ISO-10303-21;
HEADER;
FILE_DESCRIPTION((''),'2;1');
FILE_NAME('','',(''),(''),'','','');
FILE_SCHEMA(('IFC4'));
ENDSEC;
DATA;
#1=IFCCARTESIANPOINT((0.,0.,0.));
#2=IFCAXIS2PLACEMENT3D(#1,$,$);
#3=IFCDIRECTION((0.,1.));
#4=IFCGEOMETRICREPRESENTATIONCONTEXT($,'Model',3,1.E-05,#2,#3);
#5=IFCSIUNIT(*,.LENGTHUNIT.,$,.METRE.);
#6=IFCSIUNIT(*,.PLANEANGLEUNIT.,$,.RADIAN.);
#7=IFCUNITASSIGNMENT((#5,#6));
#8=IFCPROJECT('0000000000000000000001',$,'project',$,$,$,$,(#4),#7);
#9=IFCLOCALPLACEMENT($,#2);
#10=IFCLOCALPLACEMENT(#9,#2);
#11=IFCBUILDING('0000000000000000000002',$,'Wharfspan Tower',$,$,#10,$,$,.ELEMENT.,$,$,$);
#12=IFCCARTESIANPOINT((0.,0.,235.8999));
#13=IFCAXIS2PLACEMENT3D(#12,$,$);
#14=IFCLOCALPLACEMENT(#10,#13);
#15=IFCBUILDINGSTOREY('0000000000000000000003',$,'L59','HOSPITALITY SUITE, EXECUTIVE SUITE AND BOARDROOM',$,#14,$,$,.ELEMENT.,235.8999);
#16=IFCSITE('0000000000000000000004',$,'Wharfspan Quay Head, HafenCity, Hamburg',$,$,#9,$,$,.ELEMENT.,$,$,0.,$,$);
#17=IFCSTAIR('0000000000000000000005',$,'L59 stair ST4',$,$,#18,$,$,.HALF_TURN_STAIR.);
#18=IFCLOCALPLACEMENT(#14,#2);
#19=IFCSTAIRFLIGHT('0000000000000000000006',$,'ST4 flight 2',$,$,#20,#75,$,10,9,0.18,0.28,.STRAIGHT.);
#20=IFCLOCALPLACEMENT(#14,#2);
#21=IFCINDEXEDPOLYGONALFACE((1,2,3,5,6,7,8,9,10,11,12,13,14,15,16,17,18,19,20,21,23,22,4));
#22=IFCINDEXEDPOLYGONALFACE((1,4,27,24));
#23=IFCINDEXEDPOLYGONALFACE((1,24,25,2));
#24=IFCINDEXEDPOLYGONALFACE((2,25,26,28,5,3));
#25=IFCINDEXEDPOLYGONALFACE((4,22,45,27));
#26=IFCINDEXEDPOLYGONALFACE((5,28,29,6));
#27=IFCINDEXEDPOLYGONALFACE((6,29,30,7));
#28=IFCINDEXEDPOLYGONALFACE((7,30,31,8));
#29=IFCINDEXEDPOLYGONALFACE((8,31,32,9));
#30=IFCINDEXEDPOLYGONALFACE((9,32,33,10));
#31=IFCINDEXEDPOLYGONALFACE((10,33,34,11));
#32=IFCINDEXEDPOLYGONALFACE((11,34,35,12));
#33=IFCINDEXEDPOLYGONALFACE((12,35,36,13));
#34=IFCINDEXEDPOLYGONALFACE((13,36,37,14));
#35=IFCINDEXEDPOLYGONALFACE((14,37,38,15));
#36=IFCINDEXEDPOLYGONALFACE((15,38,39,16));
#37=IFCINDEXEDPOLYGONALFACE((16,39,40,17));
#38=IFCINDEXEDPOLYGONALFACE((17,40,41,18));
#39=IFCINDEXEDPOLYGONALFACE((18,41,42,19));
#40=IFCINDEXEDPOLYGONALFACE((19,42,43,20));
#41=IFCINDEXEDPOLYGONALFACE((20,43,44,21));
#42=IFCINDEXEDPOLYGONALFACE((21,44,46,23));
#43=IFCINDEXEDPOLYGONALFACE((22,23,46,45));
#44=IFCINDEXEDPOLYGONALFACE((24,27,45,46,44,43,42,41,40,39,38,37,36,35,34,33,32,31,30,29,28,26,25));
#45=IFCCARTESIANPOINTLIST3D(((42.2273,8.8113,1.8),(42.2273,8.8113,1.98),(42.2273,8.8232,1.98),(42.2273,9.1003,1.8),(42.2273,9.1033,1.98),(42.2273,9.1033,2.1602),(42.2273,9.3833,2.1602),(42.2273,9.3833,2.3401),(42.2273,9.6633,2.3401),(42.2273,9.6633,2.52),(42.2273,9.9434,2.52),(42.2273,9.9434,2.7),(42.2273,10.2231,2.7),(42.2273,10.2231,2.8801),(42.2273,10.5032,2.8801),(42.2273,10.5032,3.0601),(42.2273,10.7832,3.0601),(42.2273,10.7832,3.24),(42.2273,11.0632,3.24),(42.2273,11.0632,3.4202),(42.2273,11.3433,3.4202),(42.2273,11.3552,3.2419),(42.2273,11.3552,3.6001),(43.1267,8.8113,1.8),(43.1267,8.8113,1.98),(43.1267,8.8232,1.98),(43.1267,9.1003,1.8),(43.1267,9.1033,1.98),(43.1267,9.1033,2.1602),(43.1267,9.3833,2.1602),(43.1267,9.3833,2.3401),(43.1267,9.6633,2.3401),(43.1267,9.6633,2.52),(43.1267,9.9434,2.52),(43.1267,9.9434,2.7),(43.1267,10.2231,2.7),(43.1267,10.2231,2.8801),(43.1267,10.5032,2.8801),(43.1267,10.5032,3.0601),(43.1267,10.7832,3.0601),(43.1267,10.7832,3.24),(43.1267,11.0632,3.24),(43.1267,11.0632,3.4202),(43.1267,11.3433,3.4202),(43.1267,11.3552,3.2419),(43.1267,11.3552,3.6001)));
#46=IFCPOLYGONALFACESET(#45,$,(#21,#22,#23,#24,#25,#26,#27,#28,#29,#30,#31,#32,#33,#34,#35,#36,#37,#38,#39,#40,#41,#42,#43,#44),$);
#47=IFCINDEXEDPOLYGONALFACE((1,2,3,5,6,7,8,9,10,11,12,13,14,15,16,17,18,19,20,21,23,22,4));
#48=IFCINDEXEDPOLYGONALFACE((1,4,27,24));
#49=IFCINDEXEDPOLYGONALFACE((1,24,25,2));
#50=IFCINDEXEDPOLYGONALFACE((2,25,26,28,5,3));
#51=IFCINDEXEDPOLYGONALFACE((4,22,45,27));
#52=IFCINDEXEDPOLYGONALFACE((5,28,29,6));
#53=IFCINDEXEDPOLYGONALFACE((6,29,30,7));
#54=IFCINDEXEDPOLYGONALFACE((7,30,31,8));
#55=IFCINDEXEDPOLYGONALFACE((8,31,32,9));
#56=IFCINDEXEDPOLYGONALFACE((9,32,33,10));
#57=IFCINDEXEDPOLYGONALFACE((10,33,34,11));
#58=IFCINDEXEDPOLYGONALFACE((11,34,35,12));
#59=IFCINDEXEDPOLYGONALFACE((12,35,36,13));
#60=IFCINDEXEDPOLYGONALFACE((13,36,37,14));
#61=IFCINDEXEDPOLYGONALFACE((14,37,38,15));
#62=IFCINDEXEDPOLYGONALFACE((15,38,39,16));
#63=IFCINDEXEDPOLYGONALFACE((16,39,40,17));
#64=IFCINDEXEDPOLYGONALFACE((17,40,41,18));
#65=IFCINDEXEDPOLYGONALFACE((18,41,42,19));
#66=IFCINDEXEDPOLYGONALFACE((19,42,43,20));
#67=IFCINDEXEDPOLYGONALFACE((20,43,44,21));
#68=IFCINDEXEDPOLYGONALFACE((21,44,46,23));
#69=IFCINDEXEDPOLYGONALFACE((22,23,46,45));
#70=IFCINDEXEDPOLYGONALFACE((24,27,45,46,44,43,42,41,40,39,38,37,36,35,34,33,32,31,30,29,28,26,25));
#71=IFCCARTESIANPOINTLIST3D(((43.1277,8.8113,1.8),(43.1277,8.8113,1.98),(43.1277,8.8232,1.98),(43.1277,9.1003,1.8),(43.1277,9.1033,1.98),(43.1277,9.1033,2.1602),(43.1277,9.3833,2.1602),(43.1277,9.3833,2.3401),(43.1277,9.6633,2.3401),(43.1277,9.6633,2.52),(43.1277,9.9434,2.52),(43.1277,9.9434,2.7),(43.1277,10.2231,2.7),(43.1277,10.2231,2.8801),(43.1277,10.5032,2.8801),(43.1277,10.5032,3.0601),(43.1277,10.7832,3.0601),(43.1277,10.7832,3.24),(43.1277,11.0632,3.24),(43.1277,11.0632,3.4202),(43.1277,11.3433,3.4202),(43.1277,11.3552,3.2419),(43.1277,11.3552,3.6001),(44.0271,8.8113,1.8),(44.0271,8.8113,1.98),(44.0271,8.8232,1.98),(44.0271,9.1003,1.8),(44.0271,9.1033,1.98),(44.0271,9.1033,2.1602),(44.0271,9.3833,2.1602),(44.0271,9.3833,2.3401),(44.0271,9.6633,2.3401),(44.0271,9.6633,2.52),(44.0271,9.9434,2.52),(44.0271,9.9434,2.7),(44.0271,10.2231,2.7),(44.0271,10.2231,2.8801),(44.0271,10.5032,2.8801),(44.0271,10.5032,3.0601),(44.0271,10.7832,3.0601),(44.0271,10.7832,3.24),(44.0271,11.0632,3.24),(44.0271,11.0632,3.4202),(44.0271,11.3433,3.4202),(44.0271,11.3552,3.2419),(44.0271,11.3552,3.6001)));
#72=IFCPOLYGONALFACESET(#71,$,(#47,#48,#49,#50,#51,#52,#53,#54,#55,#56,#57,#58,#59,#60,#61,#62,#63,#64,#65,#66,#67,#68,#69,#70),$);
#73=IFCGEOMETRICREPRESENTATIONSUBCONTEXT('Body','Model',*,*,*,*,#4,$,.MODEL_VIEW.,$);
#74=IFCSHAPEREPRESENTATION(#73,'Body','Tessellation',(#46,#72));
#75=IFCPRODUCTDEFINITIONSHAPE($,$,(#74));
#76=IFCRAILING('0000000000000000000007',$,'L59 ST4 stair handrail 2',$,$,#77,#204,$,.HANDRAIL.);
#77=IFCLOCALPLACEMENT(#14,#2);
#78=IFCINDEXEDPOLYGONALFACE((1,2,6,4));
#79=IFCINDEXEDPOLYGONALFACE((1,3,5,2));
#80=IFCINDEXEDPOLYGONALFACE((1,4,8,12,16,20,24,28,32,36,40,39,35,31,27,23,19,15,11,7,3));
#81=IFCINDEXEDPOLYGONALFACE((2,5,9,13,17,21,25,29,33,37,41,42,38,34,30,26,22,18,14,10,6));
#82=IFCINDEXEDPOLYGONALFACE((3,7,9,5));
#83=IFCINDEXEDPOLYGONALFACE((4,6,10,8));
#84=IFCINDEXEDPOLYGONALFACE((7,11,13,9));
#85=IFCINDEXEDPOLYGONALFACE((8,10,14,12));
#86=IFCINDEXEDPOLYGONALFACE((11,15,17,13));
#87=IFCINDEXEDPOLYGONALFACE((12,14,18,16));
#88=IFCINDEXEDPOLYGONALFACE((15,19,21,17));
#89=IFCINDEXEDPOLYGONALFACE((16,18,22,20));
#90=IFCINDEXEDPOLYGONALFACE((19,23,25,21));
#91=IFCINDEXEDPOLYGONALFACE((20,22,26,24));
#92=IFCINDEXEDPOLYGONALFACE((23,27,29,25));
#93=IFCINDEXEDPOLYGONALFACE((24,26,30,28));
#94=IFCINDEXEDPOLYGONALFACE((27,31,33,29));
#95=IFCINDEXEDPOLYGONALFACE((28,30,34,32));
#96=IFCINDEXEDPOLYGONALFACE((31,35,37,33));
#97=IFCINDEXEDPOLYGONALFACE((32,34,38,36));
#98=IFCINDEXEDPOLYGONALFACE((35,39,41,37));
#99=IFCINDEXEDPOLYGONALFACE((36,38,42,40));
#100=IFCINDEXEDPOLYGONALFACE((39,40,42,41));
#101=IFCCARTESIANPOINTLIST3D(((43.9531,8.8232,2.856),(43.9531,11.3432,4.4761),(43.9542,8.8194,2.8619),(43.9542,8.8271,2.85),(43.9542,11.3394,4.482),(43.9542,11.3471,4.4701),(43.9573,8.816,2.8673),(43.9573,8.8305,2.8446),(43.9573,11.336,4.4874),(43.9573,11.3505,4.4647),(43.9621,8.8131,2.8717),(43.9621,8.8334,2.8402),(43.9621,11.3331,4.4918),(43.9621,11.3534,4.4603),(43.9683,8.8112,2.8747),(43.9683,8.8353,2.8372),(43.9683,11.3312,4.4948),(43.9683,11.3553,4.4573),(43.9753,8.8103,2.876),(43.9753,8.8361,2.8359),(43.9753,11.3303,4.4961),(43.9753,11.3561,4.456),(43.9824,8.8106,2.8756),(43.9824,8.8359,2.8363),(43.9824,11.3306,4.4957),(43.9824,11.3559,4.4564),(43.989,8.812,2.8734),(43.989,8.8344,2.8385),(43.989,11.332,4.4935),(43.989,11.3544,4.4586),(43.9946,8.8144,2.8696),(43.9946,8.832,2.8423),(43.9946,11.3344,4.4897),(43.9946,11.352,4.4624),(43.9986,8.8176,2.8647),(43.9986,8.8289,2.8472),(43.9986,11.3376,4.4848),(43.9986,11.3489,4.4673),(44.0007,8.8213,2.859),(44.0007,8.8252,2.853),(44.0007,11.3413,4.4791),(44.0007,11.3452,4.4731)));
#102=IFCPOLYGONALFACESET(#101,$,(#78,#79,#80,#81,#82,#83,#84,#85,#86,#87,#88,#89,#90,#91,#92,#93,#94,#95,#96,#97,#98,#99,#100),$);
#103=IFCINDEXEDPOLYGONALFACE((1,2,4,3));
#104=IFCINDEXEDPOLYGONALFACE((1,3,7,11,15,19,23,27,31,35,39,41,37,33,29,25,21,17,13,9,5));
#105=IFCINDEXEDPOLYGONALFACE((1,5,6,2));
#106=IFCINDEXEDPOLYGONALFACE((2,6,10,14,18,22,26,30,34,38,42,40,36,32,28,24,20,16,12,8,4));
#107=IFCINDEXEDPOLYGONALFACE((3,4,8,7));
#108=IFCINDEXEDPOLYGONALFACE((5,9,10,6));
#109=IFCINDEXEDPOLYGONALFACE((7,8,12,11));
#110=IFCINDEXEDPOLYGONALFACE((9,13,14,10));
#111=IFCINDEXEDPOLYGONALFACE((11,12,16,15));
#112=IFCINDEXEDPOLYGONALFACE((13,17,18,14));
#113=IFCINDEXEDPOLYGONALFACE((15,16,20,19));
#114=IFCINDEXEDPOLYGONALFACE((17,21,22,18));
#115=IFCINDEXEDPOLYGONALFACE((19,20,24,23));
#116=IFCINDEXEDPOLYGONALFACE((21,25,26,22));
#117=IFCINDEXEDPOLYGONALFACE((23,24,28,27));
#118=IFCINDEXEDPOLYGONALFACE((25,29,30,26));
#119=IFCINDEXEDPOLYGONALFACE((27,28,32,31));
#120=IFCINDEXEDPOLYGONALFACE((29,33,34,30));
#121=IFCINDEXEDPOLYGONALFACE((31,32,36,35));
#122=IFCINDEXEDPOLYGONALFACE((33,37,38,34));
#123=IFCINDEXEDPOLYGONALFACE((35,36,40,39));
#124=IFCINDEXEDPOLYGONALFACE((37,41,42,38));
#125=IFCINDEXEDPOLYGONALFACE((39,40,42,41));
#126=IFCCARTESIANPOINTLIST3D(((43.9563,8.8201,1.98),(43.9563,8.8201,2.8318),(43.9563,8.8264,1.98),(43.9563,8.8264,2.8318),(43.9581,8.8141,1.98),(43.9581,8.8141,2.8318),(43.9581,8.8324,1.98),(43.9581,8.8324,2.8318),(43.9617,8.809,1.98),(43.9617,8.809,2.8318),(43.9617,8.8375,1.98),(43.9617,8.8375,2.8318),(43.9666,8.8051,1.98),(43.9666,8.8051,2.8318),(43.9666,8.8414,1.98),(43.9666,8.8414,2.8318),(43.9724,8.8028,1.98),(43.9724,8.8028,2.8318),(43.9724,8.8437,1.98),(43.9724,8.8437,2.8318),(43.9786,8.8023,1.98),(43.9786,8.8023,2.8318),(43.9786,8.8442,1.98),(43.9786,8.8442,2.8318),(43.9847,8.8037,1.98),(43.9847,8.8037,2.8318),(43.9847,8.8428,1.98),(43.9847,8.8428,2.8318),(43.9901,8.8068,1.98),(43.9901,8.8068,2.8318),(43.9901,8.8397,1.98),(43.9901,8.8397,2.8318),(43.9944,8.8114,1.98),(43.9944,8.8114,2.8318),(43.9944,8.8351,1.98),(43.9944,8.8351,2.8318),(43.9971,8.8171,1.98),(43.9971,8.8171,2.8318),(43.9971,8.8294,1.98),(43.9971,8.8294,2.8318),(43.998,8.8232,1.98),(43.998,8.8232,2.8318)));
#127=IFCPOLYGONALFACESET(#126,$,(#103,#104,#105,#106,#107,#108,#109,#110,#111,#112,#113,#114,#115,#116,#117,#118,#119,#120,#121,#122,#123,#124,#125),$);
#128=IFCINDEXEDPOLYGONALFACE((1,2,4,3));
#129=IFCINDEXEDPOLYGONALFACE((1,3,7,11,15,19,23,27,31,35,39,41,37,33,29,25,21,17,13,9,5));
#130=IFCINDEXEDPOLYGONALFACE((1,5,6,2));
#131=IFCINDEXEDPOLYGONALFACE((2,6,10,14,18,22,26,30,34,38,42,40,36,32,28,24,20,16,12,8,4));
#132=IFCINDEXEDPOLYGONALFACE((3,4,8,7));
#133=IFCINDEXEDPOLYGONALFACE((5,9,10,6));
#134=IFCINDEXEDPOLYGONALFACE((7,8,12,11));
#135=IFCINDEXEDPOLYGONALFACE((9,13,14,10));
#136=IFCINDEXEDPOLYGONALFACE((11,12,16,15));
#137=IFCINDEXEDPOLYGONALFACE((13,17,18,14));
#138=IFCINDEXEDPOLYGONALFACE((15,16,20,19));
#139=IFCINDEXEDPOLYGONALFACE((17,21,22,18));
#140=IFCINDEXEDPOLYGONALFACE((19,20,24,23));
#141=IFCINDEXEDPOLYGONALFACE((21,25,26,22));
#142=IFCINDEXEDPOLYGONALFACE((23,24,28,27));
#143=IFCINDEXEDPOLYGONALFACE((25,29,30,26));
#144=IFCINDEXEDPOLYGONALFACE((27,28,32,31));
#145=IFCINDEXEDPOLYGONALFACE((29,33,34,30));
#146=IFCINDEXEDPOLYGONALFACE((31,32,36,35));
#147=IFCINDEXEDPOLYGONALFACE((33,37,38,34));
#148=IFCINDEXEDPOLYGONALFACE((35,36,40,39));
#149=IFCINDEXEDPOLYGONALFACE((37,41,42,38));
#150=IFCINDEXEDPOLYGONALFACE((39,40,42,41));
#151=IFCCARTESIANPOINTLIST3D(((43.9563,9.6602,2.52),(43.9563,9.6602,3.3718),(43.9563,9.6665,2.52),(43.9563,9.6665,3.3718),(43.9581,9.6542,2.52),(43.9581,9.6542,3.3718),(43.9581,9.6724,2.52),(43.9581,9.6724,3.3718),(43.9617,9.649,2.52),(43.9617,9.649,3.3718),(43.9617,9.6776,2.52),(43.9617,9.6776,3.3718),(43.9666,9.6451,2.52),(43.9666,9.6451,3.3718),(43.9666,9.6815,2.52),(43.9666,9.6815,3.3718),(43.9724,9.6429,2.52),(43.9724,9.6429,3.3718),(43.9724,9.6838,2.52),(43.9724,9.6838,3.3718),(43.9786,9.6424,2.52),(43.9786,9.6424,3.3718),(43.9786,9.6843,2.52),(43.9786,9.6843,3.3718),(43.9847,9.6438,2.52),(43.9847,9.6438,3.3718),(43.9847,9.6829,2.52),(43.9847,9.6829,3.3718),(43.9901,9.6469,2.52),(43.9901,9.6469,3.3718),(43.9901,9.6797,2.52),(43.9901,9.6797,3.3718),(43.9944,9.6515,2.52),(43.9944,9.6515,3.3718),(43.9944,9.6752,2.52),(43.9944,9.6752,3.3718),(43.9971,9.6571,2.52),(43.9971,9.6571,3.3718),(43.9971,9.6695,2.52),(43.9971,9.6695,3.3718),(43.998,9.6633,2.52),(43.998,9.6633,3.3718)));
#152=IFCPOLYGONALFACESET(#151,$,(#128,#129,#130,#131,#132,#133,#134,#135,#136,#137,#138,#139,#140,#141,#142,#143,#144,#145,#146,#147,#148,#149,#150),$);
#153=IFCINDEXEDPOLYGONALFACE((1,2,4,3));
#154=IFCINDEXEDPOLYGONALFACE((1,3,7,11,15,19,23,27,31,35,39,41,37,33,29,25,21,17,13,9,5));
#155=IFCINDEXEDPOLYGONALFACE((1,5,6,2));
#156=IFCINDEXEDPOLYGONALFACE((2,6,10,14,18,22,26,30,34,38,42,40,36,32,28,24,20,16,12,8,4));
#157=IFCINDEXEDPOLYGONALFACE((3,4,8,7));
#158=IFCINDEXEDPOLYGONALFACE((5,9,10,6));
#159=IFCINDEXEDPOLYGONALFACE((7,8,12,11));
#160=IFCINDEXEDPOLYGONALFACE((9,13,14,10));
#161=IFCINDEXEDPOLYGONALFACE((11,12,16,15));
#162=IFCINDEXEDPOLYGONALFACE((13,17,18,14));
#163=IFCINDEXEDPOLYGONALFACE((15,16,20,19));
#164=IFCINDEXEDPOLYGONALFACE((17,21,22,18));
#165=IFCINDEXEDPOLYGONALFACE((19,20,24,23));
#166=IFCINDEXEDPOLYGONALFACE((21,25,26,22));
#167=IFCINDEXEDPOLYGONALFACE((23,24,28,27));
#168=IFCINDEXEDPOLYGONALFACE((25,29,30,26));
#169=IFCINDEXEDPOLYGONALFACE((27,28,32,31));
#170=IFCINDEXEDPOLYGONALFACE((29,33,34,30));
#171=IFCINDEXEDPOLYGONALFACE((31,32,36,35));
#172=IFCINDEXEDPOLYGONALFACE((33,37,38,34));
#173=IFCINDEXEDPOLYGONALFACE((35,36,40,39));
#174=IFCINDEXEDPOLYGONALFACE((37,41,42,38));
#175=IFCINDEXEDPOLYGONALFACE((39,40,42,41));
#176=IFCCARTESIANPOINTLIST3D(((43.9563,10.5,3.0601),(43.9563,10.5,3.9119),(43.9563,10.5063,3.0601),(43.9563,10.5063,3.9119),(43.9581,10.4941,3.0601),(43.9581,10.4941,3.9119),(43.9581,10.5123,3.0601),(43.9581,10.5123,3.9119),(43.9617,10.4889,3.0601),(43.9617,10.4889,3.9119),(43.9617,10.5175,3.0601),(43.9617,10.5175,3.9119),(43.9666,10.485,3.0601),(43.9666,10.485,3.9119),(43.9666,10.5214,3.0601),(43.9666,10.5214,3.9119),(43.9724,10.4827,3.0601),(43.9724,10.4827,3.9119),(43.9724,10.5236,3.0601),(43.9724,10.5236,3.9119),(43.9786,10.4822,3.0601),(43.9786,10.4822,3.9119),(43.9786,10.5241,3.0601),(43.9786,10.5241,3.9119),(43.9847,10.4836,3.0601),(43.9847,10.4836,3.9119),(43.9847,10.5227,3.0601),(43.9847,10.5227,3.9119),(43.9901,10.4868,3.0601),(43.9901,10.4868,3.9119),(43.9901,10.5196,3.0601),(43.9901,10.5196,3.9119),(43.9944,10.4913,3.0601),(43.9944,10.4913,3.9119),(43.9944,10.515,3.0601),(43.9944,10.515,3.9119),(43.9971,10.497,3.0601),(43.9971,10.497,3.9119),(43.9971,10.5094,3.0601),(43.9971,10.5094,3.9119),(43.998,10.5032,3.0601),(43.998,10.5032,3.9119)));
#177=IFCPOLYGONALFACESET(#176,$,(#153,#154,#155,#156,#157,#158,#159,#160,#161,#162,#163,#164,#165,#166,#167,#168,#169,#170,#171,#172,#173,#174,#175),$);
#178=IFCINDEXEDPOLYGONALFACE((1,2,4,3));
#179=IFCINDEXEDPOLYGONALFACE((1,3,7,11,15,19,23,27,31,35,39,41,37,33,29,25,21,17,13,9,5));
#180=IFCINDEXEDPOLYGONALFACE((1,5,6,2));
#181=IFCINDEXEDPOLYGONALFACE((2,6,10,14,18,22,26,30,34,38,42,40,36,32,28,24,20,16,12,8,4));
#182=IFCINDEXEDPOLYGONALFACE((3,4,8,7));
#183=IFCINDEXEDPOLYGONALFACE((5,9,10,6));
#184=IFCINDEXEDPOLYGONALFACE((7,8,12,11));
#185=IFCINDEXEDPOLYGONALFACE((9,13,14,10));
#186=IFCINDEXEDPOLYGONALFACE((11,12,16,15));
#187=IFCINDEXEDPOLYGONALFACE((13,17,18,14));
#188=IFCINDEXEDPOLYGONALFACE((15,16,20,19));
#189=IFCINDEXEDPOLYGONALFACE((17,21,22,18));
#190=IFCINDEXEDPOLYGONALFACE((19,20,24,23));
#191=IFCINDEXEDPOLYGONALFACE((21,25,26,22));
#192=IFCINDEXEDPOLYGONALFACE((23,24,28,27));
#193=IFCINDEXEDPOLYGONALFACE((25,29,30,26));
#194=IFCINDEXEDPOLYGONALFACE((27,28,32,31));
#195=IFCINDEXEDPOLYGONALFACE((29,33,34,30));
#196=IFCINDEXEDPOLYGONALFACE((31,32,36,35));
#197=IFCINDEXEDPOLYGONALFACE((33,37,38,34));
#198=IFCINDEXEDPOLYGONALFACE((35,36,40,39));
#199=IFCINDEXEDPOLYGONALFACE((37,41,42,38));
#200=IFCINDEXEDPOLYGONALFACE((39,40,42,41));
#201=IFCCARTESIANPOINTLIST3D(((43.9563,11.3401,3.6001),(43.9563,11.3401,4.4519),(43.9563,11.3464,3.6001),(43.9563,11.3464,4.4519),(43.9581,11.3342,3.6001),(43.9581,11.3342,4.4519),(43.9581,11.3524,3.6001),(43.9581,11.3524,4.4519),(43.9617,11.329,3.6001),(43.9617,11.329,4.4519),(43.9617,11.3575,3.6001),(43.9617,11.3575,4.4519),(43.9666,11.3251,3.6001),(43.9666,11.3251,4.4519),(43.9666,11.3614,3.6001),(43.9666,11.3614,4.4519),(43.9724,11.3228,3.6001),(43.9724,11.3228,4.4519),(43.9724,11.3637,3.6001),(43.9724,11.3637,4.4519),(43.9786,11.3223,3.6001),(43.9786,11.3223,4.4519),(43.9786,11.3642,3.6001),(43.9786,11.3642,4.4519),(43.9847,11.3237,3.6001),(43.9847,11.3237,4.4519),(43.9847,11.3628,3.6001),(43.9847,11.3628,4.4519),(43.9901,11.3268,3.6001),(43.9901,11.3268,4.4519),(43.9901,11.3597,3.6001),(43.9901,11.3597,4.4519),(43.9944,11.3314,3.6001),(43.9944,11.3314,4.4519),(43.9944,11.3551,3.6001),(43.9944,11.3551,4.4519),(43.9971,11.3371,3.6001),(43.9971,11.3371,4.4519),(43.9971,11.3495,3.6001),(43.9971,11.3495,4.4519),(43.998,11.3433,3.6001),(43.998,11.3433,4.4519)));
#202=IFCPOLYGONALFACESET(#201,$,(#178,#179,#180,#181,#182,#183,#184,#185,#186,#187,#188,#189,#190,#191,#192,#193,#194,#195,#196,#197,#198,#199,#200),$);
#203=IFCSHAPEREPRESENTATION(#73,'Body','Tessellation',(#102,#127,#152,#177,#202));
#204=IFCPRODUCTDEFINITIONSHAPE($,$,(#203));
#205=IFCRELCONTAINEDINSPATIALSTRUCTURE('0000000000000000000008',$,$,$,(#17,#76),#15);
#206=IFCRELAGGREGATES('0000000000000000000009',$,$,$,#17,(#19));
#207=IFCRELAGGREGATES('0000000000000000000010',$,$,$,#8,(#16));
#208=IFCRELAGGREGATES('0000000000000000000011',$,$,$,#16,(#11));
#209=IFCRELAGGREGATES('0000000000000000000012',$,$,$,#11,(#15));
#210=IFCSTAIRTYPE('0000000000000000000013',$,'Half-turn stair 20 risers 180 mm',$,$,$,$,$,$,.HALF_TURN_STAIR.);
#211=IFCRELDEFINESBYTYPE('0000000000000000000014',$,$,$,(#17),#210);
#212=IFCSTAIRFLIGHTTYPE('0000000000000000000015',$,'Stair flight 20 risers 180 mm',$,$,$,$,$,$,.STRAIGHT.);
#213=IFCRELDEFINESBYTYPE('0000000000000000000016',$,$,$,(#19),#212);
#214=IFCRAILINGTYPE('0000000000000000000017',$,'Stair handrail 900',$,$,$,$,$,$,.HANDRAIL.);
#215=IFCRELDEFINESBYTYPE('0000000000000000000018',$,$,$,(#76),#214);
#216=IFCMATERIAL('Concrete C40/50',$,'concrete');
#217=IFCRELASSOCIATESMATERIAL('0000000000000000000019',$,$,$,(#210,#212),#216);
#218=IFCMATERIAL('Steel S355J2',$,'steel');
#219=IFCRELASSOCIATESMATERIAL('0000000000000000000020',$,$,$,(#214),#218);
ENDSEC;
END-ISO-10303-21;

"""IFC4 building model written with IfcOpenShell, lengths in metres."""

from ifc_helpers import new_model, si_unit, direction, frame, origin, origin_2d, place, context, subcontext, project, spatial, polyline, circle, outline, extrude, material, type_object, element, aggregate, save


model = new_model("IFC4")

# Units and contexts
model_context = context("Model", 3, precision=1e-05, world=origin(), true_north=direction((0.0, 1.0)))
body_context = subcontext(model_context, "Body", "Model", "MODEL_VIEW")
ifc_project = project(units=[si_unit("LENGTHUNIT", "METRE"), si_unit("PLANEANGLEUNIT", "RADIAN")], contexts=[model_context])

# Site, building, storey
site_placement = place(None, origin())
site = spatial("IfcSite", under=ifc_project, at=site_placement, Name="Wharfspan Quay Head, HafenCity, Hamburg", CompositionType="ELEMENT", RefElevation=0.0)
building_placement = place(site_placement, origin())
building = spatial("IfcBuilding", under=site, at=building_placement, Name="Wharfspan Tower", CompositionType="ELEMENT")
storey_placement = place(building_placement, frame((0.0, 0.0, 235.8999)))
storey = spatial("IfcBuildingStorey", under=building, at=storey_placement, Name="L59", Description="HOSPITALITY SUITE, EXECUTIVE SUITE AND BOARDROOM", CompositionType="ELEMENT", Elevation=235.8999)

# Shared definitions
ifc_material_1 = material(Name="Steel S355J2", Category="steel")

# Shared definitions
ifc_material_2 = material(Name="Concrete C40/50", Category="concrete")

# Stair, stair flight
stair_type = type_object("IfcStairType", Name="Half-turn stair 20 risers 180 mm", PredefinedType="HALF_TURN_STAIR", material=ifc_material_2)
stair_placement = place(storey_placement, origin())
stair = element("IfcStair", 1, at=stair_placement, inside=storey, type_object=stair_type, Name="L59 stair ST4", PredefinedType="HALF_TURN_STAIR")
stair_flight_type = type_object("IfcStairFlightType", Name="Stair flight 20 risers 180 mm", PredefinedType="STRAIGHT", material=ifc_material_2)
stair_flight_placement = place(storey_placement, frame((43.1272, 8.8232, 1.8), z_axis=(0.0, 0.0, 1.0), x_axis=(0.0, 1.0, 0.0)))
stair_flight = element("IfcStairFlight", 2, at=stair_flight_placement, type_object=stair_flight_type, Name="ST4 flight 2", NumberOfRisers=10, NumberOfTreads=9, PredefinedType="STRAIGHT", RiserHeight=0.18, TreadLength=0.28, context=body_context, shape_type="SweptSolid", body=[
    extrude(outline(polyline([(-0.012, 0.0), (-0.012, 0.1799), (0.0, 0.1799), (0.28, 0.1799), (0.28, 0.3601), (0.5601, 0.3601), (0.5601, 0.54), (0.8401, 0.54), (0.8401, 0.72), (1.1201, 0.72), (1.1201, 0.8999), (1.3999, 0.8999), (1.3999, 1.0801), (1.6799, 1.0801), (1.6799, 1.26), (1.96, 1.26), (1.96, 1.4399), (2.24, 1.4399), (2.24, 1.6201), (2.52, 1.6201), (2.532, 1.8), (2.532, 1.4419), (0.2771, 0.0), (-0.012, 0.0)])), frame((0.0, 0.8999, 0.0), z_axis=(0.0, -1.0, 0.0), x_axis=(1.0, 0.0, 0.0)), (0.0, 0.0, 1.0), 0.8994),
    extrude(outline(polyline([(-0.012, 0.0), (-0.012, 0.1799), (0.0, 0.1799), (0.28, 0.1799), (0.28, 0.3601), (0.5601, 0.3601), (0.5601, 0.54), (0.8401, 0.54), (0.8401, 0.72), (1.1201, 0.72), (1.1201, 0.8999), (1.3999, 0.8999), (1.3999, 1.0801), (1.6799, 1.0801), (1.6799, 1.26), (1.96, 1.26), (1.96, 1.4399), (2.24, 1.4399), (2.24, 1.6201), (2.52, 1.6201), (2.532, 1.8), (2.532, 1.4419), (0.2771, 0.0), (-0.012, 0.0)])), frame((0.0, -0.0005, 0.0), z_axis=(0.0, -1.0, 0.0), x_axis=(1.0, 0.0, 0.0)), (0.0, 0.0, 1.0), 0.8994),
])
aggregate(stair, [stair_flight])

# Railing
railing_type = type_object("IfcRailingType", Name="Stair handrail 900", PredefinedType="HANDRAIL", material=ifc_material_1)
railing_placement = place(storey_placement, frame((43.9771, 8.8232, 1.98)))
element("IfcRailing", 3, at=railing_placement, inside=storey, type_object=railing_type, Name="L59 ST4 stair handrail 2", PredefinedType="HANDRAIL", context=body_context, shape_type="SweptSolid", body=[
    extrude(circle(Radius=0.0239, at=origin_2d()), frame((0.0, 0.0, 0.876), z_axis=(0.0, 0.841163, 0.540782), x_axis=(-1.0, 0.0, 0.0)), (0.0, 0.0, 1.0), 2.9958),
    extrude(circle(Radius=0.021, at=origin_2d()), origin(), (0.0, 0.0, 1.0), 0.8518),
    extrude(circle(Radius=0.021, at=origin_2d()), frame((0.0, 0.8401, 0.54)), (0.0, 0.0, 1.0), 0.8518),
    extrude(circle(Radius=0.021, at=origin_2d()), frame((0.0, 1.6799, 1.0801)), (0.0, 0.0, 1.0), 0.8518),
    extrude(circle(Radius=0.021, at=origin_2d()), frame((0.0, 2.52, 1.6201)), (0.0, 0.0, 1.0), 0.8518),
])

save(model, "model.ifc")
